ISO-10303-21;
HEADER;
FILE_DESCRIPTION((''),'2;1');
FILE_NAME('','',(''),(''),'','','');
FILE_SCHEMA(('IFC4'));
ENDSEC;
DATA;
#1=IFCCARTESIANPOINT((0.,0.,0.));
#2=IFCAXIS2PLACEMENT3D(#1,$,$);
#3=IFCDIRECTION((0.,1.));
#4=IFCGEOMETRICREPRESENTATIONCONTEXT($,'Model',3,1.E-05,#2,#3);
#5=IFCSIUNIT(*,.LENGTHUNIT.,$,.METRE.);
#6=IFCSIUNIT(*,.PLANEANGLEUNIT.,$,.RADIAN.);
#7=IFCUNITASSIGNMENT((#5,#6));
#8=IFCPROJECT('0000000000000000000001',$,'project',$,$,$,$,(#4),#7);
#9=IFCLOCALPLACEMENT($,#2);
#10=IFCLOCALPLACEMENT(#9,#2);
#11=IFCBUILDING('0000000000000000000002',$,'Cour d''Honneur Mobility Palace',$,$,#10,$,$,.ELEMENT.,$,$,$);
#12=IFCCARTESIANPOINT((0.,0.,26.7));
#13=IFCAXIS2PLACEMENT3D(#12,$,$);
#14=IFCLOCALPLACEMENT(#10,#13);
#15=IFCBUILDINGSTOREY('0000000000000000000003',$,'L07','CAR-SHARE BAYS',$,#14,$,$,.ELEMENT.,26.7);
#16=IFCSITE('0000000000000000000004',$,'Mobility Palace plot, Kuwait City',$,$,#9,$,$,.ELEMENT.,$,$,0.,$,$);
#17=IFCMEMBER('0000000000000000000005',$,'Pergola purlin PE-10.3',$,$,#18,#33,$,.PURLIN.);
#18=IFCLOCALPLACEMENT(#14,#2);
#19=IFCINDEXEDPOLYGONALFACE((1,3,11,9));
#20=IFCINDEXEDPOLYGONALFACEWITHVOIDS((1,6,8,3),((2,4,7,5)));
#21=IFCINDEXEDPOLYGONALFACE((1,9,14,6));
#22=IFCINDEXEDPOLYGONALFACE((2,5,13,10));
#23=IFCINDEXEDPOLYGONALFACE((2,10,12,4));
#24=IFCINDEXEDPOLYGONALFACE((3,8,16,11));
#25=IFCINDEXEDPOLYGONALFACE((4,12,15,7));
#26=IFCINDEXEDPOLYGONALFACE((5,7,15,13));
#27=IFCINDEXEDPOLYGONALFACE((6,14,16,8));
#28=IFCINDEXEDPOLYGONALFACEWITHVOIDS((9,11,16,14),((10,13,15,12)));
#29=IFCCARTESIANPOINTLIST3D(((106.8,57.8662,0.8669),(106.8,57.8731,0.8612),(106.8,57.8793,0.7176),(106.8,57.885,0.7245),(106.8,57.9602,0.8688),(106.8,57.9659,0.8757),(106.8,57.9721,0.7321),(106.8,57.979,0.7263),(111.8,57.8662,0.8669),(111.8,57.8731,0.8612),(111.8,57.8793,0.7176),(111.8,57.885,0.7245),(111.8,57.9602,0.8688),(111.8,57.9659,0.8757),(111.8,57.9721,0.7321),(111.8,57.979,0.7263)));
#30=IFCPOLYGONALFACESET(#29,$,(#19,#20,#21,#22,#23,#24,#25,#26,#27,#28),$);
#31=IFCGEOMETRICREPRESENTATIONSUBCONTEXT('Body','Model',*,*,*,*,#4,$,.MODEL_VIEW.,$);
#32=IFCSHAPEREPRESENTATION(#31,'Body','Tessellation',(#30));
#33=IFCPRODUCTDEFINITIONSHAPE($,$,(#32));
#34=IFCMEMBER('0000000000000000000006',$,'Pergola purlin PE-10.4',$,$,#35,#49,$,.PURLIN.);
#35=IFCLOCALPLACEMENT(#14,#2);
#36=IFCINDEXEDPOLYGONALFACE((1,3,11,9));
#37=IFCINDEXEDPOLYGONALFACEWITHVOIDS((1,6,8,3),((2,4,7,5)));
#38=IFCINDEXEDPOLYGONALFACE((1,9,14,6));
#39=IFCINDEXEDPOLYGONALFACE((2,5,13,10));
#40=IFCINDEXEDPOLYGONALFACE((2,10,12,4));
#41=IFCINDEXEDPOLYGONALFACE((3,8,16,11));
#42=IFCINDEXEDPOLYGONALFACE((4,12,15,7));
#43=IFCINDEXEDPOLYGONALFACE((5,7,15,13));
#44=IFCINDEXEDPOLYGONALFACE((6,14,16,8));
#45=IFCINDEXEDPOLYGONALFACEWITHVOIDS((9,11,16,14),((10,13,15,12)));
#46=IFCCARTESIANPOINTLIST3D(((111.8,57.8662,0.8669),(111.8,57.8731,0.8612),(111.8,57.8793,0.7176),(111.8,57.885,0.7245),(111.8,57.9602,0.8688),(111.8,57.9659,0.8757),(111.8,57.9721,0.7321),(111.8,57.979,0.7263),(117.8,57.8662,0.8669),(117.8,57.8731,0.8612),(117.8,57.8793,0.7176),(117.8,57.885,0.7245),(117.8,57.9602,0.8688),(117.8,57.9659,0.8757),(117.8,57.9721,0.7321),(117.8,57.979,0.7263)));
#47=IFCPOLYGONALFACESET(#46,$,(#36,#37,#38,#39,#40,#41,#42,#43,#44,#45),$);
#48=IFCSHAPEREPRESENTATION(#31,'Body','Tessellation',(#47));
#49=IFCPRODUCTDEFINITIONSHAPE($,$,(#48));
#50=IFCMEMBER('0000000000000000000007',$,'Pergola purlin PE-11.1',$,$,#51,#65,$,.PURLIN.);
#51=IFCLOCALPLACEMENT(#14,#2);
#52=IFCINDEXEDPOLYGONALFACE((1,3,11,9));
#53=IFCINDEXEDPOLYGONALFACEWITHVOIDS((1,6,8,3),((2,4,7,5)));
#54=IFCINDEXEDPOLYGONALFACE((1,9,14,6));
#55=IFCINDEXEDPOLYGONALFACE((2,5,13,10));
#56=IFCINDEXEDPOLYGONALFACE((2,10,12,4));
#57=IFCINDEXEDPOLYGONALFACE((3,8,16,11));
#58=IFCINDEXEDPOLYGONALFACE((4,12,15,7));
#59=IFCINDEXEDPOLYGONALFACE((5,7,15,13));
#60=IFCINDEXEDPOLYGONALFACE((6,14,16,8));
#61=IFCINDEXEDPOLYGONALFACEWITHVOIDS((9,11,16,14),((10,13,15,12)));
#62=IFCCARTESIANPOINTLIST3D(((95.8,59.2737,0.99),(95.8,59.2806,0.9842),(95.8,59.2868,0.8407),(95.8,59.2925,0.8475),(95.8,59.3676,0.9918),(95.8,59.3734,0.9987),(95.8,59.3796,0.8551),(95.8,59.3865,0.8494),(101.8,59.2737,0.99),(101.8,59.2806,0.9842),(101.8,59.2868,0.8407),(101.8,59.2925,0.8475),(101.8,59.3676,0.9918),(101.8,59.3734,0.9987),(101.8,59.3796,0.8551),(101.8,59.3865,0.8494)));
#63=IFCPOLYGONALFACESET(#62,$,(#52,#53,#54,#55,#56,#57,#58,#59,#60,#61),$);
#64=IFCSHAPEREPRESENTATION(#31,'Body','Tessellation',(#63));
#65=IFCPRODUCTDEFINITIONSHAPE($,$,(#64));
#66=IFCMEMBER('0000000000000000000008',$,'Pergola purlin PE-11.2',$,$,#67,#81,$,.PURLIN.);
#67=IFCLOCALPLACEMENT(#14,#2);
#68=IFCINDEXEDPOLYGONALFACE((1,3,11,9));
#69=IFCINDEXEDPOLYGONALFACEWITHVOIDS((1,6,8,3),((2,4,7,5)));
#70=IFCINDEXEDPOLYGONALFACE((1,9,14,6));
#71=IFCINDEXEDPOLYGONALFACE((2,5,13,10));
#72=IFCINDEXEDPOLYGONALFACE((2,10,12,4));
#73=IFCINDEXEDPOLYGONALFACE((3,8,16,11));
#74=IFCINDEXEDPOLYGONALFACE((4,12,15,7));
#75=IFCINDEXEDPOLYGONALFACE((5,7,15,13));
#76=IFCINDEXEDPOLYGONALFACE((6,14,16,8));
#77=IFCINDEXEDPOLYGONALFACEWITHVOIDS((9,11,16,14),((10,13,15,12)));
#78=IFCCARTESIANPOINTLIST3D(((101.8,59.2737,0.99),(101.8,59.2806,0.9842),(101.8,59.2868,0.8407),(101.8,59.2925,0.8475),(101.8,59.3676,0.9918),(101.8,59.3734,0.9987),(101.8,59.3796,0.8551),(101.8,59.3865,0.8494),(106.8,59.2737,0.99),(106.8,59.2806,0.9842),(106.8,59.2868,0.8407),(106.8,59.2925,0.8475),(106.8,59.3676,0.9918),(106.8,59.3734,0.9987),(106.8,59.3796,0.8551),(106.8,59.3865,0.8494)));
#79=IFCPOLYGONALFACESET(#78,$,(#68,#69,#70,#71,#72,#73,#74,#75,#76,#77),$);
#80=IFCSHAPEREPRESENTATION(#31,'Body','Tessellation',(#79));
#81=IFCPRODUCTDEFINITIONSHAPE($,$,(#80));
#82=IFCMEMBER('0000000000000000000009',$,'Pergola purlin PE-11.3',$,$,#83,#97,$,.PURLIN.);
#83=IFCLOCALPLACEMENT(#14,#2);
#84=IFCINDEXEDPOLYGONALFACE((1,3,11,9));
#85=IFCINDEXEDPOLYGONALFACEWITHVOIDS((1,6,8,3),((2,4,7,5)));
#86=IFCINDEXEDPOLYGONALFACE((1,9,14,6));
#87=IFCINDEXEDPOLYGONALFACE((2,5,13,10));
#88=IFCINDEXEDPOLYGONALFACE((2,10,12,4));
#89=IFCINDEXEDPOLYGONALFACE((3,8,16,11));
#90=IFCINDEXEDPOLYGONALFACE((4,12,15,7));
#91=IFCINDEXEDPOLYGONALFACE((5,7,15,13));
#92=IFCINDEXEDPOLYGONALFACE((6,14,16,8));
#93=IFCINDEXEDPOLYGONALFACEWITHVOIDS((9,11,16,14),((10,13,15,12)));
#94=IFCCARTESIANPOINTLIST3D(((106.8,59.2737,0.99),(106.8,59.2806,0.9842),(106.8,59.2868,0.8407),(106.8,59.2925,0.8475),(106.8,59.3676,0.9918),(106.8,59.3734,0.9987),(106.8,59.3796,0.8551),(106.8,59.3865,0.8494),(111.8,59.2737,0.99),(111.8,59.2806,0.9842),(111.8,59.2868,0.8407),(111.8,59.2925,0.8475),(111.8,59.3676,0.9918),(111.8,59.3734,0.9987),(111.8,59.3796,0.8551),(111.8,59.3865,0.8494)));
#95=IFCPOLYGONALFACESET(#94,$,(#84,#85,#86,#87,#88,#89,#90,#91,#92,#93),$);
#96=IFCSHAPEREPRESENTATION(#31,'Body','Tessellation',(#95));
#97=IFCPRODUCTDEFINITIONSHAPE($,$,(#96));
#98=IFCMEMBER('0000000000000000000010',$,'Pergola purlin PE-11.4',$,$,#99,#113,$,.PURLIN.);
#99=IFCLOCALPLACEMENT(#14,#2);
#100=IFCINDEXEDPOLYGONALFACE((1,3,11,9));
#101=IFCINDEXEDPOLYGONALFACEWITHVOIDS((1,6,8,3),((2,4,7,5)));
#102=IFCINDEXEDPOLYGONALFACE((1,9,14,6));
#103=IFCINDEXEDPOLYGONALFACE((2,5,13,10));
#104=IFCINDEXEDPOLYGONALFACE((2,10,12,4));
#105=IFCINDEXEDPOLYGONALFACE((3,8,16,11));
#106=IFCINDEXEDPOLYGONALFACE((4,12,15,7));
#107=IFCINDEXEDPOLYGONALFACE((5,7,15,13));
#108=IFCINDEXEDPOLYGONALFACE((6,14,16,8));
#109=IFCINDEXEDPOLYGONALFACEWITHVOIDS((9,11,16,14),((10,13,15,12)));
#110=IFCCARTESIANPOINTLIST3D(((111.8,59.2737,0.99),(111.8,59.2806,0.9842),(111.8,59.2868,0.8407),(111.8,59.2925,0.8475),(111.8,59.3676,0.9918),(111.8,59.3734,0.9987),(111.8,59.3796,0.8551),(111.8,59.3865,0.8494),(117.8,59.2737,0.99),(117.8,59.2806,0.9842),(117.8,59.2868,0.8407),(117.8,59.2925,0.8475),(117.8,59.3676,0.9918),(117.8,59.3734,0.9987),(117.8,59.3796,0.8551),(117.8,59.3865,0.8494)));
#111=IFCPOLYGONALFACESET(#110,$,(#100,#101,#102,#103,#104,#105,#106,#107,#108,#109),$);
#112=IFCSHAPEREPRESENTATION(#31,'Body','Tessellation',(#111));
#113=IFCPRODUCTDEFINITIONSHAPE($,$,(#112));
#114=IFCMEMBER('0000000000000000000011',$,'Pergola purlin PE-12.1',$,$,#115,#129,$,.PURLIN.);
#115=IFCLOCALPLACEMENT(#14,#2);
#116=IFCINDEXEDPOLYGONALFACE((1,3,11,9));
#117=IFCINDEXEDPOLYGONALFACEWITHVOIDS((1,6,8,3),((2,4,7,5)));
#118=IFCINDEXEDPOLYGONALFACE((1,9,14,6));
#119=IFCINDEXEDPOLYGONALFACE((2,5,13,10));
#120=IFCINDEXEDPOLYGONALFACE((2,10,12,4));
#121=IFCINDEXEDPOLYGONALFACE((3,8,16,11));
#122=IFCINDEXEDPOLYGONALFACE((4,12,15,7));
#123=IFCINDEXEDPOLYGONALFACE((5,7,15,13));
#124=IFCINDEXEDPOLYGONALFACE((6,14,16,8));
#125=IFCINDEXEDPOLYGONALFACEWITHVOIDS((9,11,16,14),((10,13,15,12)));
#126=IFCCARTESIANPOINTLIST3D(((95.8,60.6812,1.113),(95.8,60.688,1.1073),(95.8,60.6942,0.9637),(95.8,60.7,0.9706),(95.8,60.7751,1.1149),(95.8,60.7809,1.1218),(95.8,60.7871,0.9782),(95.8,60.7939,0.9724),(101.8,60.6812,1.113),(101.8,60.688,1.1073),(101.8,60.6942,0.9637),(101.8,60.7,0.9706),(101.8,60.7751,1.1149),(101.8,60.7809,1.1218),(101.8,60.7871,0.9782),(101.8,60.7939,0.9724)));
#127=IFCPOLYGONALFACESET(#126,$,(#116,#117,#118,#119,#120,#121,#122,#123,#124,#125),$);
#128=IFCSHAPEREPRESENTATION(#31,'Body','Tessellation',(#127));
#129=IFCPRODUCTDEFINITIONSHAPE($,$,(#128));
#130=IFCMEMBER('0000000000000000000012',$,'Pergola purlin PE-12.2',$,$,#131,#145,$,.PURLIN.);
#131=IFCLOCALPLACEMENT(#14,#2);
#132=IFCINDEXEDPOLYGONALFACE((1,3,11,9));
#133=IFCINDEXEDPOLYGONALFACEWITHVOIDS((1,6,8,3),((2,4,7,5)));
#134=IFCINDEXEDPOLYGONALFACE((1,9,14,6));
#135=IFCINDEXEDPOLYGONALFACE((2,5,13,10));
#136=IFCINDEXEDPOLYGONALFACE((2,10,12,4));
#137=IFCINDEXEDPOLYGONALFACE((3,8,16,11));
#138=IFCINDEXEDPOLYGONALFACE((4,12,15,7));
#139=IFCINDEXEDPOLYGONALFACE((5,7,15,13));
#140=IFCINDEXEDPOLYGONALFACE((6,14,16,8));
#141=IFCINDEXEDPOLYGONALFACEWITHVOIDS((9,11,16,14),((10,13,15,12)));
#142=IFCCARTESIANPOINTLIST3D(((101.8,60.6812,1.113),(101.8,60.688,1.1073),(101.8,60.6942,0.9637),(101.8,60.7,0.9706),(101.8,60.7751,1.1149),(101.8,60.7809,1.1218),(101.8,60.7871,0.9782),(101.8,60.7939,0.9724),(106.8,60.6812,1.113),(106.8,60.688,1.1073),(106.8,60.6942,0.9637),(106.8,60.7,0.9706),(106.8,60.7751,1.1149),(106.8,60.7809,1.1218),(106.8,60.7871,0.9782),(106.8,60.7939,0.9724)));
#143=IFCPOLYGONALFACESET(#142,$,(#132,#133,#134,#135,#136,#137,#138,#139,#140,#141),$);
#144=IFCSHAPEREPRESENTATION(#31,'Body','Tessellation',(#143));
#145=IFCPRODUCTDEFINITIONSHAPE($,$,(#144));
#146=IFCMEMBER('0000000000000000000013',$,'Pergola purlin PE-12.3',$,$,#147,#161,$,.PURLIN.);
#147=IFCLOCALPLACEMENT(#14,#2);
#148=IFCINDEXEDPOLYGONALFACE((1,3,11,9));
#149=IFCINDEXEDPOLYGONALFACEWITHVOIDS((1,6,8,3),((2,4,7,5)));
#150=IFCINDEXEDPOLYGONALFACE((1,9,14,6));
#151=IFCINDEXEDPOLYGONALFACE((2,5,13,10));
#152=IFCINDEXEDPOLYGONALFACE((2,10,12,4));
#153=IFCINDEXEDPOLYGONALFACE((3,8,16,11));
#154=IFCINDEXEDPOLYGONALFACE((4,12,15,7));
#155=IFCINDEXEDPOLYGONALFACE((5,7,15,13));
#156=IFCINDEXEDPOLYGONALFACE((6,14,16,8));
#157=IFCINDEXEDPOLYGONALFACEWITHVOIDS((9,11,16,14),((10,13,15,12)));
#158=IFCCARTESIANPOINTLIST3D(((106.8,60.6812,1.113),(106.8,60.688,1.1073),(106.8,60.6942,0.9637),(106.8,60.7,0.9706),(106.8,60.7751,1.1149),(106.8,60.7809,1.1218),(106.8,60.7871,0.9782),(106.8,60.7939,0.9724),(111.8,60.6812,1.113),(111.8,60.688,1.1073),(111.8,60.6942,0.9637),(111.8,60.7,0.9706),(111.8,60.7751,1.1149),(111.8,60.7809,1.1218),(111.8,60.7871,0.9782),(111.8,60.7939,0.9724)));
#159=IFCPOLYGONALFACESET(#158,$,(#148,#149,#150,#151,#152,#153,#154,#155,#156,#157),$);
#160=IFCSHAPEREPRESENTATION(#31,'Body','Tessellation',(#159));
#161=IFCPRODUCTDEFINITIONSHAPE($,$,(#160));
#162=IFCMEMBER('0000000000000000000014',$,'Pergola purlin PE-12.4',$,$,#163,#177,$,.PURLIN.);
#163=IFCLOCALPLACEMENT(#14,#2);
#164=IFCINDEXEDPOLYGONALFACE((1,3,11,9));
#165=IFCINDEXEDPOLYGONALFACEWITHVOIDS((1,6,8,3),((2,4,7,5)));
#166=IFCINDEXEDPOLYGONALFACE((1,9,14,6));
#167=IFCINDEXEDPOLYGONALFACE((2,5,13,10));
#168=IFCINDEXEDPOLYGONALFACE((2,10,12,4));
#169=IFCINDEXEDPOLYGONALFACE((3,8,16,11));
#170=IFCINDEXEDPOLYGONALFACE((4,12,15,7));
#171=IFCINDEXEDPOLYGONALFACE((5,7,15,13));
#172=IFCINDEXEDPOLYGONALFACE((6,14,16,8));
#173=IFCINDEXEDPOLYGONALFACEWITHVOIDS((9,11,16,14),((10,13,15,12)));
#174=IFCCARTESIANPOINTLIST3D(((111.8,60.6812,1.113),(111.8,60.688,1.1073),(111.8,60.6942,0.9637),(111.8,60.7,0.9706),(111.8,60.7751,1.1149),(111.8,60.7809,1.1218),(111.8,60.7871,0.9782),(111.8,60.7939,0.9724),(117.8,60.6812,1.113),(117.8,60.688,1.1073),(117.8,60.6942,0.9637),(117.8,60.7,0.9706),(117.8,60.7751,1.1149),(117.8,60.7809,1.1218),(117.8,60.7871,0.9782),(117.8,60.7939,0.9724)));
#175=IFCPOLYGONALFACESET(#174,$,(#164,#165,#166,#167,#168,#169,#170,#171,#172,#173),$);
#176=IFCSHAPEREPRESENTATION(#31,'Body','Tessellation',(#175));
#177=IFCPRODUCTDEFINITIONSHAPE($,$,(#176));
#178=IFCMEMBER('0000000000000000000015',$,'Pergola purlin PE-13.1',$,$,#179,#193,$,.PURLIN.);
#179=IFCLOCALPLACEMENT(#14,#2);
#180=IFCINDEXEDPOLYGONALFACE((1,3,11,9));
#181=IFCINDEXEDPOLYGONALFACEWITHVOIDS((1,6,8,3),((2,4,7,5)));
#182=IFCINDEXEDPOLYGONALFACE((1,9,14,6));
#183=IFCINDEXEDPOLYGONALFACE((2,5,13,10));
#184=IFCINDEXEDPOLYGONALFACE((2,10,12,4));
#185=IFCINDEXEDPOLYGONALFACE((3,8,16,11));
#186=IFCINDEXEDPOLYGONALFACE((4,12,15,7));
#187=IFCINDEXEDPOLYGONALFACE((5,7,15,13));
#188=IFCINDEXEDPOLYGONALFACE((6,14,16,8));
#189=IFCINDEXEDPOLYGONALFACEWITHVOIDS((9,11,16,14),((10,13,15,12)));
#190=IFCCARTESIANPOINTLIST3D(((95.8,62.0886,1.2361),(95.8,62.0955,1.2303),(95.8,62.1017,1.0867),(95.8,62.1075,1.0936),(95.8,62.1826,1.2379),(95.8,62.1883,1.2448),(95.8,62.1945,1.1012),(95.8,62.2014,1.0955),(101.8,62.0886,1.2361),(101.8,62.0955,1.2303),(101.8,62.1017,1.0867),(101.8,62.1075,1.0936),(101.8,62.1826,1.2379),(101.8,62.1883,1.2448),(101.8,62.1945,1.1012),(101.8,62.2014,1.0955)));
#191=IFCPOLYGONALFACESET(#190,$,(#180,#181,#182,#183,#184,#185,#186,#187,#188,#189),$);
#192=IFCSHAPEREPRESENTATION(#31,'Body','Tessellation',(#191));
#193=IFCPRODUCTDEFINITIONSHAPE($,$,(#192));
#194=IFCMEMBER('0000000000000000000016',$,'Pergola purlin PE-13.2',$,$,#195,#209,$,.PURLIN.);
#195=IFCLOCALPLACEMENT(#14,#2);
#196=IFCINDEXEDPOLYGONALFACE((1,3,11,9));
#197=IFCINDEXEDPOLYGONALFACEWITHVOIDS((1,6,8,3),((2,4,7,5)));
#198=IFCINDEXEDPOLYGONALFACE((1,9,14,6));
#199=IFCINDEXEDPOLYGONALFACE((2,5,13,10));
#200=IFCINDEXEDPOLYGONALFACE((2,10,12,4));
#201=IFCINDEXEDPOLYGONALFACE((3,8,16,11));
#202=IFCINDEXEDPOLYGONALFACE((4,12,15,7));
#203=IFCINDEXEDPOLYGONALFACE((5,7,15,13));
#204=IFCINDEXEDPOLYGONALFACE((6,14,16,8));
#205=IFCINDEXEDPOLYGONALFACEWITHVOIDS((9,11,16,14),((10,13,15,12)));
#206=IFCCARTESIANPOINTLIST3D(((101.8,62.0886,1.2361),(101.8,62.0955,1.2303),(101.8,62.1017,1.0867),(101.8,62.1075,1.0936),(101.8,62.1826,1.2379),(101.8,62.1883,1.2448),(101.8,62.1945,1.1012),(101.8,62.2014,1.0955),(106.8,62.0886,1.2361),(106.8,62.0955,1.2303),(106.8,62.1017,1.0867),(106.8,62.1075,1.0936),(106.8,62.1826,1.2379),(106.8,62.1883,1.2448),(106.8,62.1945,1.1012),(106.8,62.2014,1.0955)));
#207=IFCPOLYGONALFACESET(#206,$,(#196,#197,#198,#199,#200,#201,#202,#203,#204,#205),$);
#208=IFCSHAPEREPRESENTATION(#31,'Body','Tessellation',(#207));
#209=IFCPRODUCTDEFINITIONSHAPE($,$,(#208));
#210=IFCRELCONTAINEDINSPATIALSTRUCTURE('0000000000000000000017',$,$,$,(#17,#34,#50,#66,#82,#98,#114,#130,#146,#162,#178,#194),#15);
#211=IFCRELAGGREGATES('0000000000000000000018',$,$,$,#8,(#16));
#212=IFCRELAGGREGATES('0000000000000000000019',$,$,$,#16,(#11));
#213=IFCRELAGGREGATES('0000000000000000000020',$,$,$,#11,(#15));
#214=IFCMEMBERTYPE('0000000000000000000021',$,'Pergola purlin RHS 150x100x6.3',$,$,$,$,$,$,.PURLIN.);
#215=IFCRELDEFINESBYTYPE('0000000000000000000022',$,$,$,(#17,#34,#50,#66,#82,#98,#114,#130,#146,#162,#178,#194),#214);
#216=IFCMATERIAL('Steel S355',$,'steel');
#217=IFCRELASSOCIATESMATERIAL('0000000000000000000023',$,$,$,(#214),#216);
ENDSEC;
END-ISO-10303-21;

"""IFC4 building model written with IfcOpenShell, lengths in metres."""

from ifc_helpers import new_model, si_unit, direction, frame, origin, origin_2d, place, context, subcontext, project, spatial, hollow_rectangle, extrude, material, material_profile, profile_set, type_object, element, save


model = new_model("IFC4")

# Units and contexts
model_context = context("Model", 3, precision=1e-05, world=origin(), true_north=direction((0.0, 1.0)))
body_context = subcontext(model_context, "Body", "Model", "MODEL_VIEW")
ifc_project = project(units=[si_unit("LENGTHUNIT", "METRE"), si_unit("PLANEANGLEUNIT", "RADIAN")], contexts=[model_context])

# Site, building, storey
site_placement = place(None, origin())
site = spatial("IfcSite", under=ifc_project, at=site_placement, Name="Mobility Palace plot, Kuwait City", CompositionType="ELEMENT", RefElevation=0.0)
building_placement = place(site_placement, origin())
building = spatial("IfcBuilding", under=site, at=building_placement, Name="Cour d'Honneur Mobility Palace", CompositionType="ELEMENT")
storey_placement = place(building_placement, frame((0.0, 0.0, 26.7)))
storey = spatial("IfcBuildingStorey", under=building, at=storey_placement, Name="L07", Description="CAR-SHARE BAYS", CompositionType="ELEMENT", Elevation=26.7)

# Members
ifc_material_1 = material(Name="Steel S355", Category="steel")
ifc_material_profile = material_profile(ifc_material_1, hollow_rectangle(XDim=0.1001, YDim=0.1499, WallThickness=0.0063, at=origin_2d()), Name="RHS 150x100x6.3")
ifc_profile_set = profile_set([ifc_material_profile], Name="Steel S355")
member_type = type_object("IfcMemberType", Name="Pergola purlin RHS 150x100x6.3", PredefinedType="PURLIN", material=ifc_profile_set)
for number, where, z_axis, x_axis, name in (
    (1, (106.8, 57.9226, 0.7966), (1.0, 0.0, 0.0), (0.0, 0.996197, 0.087131), "Pergola purlin PE-10.3"),
):
    element("IfcMember", number, at=place(storey_placement, frame(where, z_axis=z_axis, x_axis=x_axis)), inside=storey, type_object=member_type, Name=name, PredefinedType="PURLIN", context=body_context, shape_type="SweptSolid", body=[
        extrude(hollow_rectangle(XDim=0.1001, YDim=0.1499, WallThickness=0.0063, at=origin_2d()), origin(), (0.0, 0.0, 1.0), 5.0),
    ])
for number, where, z_axis, x_axis, name in (
    (2, (111.8, 57.9226, 0.7966), (1.0, 0.0, 0.0), (0.0, 0.996197, 0.087131), "Pergola purlin PE-10.4"),
    (3, (95.8, 59.3301, 0.9197), (1.0, 0.0, 0.0), (0.0, 0.996197, 0.087131), "Pergola purlin PE-11.1"),
):
    element("IfcMember", number, at=place(storey_placement, frame(where, z_axis=z_axis, x_axis=x_axis)), inside=storey, type_object=member_type, Name=name, PredefinedType="PURLIN", context=body_context, shape_type="SweptSolid", body=[
        extrude(hollow_rectangle(XDim=0.1001, YDim=0.1499, WallThickness=0.0063, at=origin_2d()), origin(), (0.0, 0.0, 1.0), 6.0),
    ])
for number, where, z_axis, x_axis, name in (
    (4, (101.8, 59.3301, 0.9197), (1.0, 0.0, 0.0), (0.0, 0.996197, 0.087131), "Pergola purlin PE-11.2"),
    (5, (106.8, 59.3301, 0.9197), (1.0, 0.0, 0.0), (0.0, 0.996197, 0.087131), "Pergola purlin PE-11.3"),
):
    element("IfcMember", number, at=place(storey_placement, frame(where, z_axis=z_axis, x_axis=x_axis)), inside=storey, type_object=member_type, Name=name, PredefinedType="PURLIN", context=body_context, shape_type="SweptSolid", body=[
        extrude(hollow_rectangle(XDim=0.1001, YDim=0.1499, WallThickness=0.0063, at=origin_2d()), origin(), (0.0, 0.0, 1.0), 5.0),
    ])
for number, where, z_axis, x_axis, name in (
    (6, (111.8, 59.3301, 0.9197), (1.0, 0.0, 0.0), (0.0, 0.996197, 0.087131), "Pergola purlin PE-11.4"),
    (7, (95.8, 60.7375, 1.0427), (1.0, 0.0, 0.0), (0.0, 0.996197, 0.087131), "Pergola purlin PE-12.1"),
):
    element("IfcMember", number, at=place(storey_placement, frame(where, z_axis=z_axis, x_axis=x_axis)), inside=storey, type_object=member_type, Name=name, PredefinedType="PURLIN", context=body_context, shape_type="SweptSolid", body=[
        extrude(hollow_rectangle(XDim=0.1001, YDim=0.1499, WallThickness=0.0063, at=origin_2d()), origin(), (0.0, 0.0, 1.0), 6.0),
    ])
for number, where, z_axis, x_axis, name in (
    (8, (101.8, 60.7375, 1.0427), (1.0, 0.0, 0.0), (0.0, 0.996197, 0.087131), "Pergola purlin PE-12.2"),
    (9, (106.8, 60.7375, 1.0427), (1.0, 0.0, 0.0), (0.0, 0.996197, 0.087131), "Pergola purlin PE-12.3"),
):
    element("IfcMember", number, at=place(storey_placement, frame(where, z_axis=z_axis, x_axis=x_axis)), inside=storey, type_object=member_type, Name=name, PredefinedType="PURLIN", context=body_context, shape_type="SweptSolid", body=[
        extrude(hollow_rectangle(XDim=0.1001, YDim=0.1499, WallThickness=0.0063, at=origin_2d()), origin(), (0.0, 0.0, 1.0), 5.0),
    ])
for number, where, z_axis, x_axis, name in (
    (10, (111.8, 60.7375, 1.0427), (1.0, 0.0, 0.0), (0.0, 0.996197, 0.087131), "Pergola purlin PE-12.4"),
    (11, (95.8, 62.145, 1.1658), (1.0, 0.0, 0.0), (0.0, 0.996197, 0.087131), "Pergola purlin PE-13.1"),
):
    element("IfcMember", number, at=place(storey_placement, frame(where, z_axis=z_axis, x_axis=x_axis)), inside=storey, type_object=member_type, Name=name, PredefinedType="PURLIN", context=body_context, shape_type="SweptSolid", body=[
        extrude(hollow_rectangle(XDim=0.1001, YDim=0.1499, WallThickness=0.0063, at=origin_2d()), origin(), (0.0, 0.0, 1.0), 6.0),
    ])
for number, where, z_axis, x_axis, name in (
    (12, (101.8, 62.145, 1.1658), (1.0, 0.0, 0.0), (0.0, 0.996197, 0.087131), "Pergola purlin PE-13.2"),
):
    element("IfcMember", number, at=place(storey_placement, frame(where, z_axis=z_axis, x_axis=x_axis)), inside=storey, type_object=member_type, Name=name, PredefinedType="PURLIN", context=body_context, shape_type="SweptSolid", body=[
        extrude(hollow_rectangle(XDim=0.1001, YDim=0.1499, WallThickness=0.0063, at=origin_2d()), origin(), (0.0, 0.0, 1.0), 5.0),
    ])

save(model, "model.ifc")
